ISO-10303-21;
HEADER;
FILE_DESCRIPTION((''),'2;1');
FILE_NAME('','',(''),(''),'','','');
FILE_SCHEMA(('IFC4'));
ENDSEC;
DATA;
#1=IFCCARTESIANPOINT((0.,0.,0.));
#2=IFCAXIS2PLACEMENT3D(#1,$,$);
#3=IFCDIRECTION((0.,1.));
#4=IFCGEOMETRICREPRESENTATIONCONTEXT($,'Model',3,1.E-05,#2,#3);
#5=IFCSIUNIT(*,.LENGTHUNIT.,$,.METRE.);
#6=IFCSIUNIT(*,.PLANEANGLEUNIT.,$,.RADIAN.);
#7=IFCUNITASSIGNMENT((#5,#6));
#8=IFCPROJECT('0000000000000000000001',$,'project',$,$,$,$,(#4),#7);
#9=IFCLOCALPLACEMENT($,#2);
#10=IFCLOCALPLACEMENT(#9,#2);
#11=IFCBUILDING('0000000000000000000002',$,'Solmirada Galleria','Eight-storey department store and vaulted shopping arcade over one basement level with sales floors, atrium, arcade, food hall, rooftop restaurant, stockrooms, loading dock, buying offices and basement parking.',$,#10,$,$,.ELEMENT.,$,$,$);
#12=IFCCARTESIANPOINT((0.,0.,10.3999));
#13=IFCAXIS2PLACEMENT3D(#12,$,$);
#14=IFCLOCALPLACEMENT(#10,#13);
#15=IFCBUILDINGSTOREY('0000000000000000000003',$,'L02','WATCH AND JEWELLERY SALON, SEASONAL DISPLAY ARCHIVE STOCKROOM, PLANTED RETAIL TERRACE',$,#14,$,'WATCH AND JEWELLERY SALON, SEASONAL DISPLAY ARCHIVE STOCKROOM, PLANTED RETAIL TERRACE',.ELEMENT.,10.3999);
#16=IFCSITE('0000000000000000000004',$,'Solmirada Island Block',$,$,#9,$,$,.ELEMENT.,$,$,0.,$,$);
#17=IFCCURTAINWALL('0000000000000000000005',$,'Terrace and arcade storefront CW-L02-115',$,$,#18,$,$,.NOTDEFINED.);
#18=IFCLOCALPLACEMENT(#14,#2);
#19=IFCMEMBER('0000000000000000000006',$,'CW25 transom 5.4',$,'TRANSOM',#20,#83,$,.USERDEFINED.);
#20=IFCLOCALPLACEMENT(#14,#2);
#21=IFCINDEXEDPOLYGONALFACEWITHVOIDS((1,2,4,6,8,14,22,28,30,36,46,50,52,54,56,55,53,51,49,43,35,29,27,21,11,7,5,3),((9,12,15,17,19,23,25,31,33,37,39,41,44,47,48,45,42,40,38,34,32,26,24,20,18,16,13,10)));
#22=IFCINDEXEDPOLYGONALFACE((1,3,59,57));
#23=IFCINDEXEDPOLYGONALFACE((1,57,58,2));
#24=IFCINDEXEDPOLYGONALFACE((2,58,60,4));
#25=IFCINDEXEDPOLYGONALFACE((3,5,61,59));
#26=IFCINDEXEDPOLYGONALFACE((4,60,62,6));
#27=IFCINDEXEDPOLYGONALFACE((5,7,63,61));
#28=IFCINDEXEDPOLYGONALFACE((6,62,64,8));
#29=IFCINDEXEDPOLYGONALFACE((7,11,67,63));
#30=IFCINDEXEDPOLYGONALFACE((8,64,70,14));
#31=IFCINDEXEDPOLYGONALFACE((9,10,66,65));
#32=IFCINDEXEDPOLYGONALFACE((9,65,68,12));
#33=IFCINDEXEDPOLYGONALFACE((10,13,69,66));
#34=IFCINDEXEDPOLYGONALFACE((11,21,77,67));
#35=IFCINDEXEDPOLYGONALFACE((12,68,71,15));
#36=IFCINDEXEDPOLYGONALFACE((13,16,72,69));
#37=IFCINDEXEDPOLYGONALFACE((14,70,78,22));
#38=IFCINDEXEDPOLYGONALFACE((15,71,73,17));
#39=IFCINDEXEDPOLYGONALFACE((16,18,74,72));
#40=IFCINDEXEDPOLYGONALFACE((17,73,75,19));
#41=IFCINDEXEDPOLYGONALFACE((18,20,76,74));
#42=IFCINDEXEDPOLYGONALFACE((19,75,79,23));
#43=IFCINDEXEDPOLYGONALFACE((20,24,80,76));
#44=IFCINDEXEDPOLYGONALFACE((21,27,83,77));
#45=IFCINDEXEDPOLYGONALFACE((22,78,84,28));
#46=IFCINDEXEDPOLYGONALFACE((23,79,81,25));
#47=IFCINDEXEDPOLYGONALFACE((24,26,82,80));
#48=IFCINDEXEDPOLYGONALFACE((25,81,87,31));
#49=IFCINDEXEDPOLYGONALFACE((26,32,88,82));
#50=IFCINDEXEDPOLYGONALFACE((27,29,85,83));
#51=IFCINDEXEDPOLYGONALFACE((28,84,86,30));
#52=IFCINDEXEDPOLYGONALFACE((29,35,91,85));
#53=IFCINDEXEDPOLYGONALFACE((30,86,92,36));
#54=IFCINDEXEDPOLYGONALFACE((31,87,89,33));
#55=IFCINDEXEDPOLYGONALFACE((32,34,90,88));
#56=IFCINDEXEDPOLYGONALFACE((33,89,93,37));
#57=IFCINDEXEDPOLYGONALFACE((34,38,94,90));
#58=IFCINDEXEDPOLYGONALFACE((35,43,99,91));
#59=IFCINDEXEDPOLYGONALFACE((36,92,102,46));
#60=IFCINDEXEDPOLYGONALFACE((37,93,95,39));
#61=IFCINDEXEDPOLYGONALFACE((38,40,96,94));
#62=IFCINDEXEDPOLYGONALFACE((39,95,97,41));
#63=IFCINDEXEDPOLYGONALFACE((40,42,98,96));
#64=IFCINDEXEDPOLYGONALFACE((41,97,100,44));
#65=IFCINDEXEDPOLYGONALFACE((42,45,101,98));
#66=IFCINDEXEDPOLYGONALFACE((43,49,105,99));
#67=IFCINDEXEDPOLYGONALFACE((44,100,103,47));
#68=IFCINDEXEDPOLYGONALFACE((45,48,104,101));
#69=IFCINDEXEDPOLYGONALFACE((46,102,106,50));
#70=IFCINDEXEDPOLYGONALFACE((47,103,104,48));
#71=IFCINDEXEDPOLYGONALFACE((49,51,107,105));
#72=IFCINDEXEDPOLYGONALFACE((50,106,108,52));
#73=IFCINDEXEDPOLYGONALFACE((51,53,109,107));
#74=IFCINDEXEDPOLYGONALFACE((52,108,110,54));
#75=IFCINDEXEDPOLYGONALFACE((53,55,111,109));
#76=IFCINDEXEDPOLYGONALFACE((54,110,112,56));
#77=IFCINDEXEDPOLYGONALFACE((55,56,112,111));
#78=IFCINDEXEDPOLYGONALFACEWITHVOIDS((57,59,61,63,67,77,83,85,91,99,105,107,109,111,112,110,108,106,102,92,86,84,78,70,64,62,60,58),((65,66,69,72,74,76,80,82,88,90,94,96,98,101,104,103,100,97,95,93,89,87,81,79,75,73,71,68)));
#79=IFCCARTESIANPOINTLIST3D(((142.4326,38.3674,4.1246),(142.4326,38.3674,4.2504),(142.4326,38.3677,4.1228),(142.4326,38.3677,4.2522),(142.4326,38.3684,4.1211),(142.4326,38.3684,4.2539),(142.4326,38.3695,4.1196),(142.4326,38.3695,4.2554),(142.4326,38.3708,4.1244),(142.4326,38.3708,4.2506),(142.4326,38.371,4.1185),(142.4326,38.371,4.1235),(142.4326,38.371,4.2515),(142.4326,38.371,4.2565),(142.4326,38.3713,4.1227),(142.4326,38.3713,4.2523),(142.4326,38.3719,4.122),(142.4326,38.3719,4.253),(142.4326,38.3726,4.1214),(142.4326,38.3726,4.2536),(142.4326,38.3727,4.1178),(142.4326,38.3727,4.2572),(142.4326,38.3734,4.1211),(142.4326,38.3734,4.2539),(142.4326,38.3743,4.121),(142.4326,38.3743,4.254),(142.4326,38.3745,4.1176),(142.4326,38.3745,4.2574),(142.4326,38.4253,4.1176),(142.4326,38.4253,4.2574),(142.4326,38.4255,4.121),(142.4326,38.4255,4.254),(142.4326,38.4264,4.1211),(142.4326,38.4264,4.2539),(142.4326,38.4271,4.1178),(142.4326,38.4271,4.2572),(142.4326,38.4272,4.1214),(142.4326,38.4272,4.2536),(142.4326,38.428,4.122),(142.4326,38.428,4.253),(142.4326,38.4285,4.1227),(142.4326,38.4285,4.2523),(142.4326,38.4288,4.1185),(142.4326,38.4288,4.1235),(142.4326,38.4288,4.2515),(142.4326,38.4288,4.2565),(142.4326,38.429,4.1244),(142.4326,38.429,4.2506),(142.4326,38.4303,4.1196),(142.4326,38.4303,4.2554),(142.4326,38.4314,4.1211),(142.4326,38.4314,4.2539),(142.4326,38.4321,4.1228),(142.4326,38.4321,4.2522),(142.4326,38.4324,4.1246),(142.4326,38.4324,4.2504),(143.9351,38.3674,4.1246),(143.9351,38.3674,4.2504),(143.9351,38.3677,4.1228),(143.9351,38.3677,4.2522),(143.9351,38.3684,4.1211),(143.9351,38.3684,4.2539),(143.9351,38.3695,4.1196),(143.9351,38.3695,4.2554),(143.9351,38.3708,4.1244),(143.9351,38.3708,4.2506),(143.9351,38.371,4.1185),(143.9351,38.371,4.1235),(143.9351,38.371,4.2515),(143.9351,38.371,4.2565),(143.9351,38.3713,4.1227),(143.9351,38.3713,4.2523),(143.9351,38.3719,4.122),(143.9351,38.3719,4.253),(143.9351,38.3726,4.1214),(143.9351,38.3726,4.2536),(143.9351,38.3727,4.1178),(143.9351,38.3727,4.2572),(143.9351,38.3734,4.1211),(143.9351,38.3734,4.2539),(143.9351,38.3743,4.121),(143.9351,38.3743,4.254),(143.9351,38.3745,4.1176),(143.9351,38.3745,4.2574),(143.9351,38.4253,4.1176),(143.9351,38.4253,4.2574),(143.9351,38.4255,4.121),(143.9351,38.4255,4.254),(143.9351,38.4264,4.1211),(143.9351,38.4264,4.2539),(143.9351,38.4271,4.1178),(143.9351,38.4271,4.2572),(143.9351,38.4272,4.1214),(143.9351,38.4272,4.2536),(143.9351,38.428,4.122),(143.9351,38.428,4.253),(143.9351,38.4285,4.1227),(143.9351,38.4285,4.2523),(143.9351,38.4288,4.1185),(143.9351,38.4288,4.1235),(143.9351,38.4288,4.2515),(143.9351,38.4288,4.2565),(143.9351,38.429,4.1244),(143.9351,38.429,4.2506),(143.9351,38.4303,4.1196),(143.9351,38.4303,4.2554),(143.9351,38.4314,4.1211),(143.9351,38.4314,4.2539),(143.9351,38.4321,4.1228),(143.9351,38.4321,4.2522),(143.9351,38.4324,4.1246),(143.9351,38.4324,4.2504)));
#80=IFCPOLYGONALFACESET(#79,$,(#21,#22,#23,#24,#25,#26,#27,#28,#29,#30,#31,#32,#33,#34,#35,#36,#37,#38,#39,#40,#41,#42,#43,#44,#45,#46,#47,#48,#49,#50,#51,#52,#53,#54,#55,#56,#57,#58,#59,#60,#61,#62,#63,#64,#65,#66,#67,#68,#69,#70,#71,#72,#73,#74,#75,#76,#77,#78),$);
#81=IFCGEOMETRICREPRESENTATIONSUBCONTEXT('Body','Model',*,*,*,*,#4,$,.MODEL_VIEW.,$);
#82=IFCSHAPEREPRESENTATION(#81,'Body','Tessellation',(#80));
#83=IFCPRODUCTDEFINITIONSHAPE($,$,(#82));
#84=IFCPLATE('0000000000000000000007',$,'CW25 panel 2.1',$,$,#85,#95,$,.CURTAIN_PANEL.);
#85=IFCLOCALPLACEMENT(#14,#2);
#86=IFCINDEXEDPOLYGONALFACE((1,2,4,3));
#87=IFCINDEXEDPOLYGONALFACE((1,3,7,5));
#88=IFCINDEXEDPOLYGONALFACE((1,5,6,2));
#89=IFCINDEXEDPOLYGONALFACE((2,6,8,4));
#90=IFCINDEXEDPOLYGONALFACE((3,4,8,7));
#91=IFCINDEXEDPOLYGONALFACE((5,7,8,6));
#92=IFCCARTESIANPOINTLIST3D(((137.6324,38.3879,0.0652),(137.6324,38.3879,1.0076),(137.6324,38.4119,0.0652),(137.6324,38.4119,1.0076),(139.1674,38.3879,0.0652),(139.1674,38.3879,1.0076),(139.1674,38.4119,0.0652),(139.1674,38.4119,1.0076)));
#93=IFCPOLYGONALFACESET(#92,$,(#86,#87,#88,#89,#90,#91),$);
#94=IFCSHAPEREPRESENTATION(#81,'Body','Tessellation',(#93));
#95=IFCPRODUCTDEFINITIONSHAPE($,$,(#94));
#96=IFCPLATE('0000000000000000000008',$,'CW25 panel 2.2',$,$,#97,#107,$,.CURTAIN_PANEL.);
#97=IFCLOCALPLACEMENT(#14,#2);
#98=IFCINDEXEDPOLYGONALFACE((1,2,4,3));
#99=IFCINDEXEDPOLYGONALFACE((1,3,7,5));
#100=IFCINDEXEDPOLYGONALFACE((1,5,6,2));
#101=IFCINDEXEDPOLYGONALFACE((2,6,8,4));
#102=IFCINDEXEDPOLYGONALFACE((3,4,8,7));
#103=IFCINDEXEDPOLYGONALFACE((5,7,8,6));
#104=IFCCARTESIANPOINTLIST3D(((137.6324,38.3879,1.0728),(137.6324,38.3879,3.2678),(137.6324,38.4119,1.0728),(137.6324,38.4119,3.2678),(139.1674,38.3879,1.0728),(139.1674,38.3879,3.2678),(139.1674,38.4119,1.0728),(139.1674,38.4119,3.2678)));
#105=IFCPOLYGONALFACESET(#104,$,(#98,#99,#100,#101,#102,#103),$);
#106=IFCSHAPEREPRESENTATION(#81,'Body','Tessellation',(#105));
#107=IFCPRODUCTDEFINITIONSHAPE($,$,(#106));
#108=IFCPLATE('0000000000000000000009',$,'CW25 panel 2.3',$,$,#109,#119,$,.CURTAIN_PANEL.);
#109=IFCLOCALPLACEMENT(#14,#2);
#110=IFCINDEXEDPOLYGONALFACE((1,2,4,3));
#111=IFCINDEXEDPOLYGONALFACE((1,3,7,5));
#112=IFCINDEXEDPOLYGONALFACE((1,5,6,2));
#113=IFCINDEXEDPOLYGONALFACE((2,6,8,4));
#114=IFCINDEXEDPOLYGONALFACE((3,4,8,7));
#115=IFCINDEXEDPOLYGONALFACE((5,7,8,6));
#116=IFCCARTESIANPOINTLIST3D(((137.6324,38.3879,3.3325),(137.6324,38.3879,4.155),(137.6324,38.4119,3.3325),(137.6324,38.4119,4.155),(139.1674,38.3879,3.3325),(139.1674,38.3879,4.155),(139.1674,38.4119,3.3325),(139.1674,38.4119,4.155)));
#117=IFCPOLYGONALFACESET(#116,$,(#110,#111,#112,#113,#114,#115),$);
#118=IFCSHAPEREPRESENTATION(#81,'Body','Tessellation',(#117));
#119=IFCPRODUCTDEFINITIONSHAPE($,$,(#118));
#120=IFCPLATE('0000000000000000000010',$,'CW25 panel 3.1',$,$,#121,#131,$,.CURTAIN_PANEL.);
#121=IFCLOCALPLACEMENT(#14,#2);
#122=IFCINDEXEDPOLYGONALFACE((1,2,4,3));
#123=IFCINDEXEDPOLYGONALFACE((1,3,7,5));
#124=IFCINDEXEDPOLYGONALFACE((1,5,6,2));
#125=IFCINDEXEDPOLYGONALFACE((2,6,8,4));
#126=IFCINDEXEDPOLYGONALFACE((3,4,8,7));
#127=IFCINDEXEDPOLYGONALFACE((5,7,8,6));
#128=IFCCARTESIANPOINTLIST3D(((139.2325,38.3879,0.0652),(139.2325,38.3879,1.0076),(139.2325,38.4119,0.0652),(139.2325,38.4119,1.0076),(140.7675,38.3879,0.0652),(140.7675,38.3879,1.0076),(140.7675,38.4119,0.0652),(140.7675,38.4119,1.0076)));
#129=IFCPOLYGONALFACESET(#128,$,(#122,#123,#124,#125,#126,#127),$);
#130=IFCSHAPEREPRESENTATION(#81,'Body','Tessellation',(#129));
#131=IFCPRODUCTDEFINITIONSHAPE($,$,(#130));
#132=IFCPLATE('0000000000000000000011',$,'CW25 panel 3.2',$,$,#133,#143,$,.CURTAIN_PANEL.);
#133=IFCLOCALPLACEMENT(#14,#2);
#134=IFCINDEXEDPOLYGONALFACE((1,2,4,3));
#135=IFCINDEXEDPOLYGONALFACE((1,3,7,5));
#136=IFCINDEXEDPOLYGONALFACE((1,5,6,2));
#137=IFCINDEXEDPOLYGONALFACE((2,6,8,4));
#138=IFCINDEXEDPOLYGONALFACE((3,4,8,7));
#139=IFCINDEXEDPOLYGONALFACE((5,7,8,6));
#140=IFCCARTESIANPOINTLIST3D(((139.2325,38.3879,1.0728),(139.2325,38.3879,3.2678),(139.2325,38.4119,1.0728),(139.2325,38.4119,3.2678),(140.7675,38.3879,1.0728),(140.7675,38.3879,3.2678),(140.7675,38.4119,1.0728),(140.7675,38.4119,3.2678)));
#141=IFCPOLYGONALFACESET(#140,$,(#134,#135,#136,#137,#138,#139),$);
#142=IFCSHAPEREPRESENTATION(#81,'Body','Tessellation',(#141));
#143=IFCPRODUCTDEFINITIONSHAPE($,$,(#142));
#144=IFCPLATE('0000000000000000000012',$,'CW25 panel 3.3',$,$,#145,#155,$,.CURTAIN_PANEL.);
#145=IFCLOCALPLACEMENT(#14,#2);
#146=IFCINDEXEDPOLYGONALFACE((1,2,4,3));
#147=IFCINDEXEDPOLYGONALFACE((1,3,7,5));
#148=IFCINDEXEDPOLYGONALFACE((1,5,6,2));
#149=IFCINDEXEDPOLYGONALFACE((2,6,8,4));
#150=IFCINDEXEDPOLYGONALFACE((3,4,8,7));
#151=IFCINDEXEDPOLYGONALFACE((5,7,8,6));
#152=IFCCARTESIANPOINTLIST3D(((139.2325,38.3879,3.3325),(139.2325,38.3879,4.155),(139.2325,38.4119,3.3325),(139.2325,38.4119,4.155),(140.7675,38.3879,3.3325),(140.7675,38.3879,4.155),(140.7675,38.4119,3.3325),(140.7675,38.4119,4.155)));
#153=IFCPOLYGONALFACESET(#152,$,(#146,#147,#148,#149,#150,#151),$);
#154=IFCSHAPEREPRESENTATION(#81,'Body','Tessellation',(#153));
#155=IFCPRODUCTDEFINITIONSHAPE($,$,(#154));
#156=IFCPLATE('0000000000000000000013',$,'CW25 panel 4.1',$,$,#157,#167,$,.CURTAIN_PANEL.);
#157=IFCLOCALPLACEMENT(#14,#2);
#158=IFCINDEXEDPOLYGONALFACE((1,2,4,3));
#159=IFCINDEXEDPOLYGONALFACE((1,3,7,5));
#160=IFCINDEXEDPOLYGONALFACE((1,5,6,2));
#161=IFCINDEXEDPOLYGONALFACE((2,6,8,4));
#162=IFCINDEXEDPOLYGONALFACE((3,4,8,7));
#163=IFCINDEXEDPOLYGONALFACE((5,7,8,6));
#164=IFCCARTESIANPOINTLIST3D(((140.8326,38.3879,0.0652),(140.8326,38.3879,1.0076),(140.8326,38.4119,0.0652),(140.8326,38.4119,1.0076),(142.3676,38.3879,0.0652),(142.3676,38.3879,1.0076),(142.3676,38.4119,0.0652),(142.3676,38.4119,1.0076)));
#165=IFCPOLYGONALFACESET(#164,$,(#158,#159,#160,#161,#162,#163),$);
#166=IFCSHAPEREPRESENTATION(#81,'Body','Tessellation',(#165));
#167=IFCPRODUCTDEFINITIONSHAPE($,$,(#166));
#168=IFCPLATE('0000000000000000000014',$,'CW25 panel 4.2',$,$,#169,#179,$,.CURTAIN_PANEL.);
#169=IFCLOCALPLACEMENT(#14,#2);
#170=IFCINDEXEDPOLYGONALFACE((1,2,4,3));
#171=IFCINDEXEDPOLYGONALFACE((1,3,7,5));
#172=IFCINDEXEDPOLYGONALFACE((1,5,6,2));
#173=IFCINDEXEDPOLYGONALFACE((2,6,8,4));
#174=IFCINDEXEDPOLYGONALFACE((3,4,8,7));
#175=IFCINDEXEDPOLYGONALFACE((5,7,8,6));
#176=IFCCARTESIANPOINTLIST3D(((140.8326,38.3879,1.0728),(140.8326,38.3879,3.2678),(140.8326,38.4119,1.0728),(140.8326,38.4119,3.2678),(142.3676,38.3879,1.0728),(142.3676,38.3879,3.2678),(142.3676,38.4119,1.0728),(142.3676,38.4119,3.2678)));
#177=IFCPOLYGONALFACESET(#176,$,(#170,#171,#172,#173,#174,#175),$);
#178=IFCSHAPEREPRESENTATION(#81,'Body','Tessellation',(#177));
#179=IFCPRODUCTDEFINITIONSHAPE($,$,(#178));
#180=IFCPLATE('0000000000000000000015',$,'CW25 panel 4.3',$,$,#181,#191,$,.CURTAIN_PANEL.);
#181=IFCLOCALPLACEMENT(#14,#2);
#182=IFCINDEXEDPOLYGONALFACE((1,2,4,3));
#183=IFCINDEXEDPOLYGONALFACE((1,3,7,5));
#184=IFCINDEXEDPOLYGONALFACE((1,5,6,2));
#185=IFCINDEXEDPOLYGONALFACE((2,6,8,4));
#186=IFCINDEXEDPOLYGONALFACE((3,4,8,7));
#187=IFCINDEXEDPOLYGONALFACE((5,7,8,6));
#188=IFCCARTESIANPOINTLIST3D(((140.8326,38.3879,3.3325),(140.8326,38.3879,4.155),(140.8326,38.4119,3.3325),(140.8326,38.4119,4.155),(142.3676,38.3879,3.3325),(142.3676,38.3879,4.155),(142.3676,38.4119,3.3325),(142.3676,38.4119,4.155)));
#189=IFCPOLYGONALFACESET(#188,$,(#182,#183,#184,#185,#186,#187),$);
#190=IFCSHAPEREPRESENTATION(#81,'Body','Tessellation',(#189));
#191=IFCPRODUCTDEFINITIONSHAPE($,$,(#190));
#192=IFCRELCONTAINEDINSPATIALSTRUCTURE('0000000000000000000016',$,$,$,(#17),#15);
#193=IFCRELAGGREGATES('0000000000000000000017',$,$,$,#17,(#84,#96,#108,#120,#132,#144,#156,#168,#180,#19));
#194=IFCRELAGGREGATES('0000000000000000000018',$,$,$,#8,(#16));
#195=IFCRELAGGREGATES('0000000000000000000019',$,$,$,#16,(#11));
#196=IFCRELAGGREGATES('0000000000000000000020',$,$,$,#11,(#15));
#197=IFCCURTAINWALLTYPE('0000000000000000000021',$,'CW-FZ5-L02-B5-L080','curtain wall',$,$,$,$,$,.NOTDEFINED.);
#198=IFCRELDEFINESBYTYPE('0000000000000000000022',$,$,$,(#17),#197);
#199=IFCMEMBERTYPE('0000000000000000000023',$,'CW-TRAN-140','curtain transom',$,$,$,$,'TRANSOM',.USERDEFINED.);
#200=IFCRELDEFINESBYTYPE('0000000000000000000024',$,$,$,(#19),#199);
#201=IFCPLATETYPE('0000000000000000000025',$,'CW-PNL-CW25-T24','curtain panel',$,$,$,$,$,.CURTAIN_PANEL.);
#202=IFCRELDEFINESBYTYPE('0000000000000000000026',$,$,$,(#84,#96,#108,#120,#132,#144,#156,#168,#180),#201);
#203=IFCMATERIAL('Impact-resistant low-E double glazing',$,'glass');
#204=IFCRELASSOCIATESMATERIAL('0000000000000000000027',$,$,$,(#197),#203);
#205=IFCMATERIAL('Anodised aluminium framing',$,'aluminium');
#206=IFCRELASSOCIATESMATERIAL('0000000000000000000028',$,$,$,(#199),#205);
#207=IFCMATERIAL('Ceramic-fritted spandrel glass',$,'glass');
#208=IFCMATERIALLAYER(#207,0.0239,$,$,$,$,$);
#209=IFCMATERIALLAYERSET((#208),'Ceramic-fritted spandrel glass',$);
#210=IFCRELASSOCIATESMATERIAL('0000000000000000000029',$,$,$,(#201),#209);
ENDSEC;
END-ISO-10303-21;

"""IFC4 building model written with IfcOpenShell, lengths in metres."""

from ifc_helpers import new_model, si_unit, direction, frame, origin, origin_2d, place, context, subcontext, project, spatial, rectangle, hollow_rectangle, extrude, material, layer, layer_set, material_profile, profile_set, type_object, element, aggregate, save


model = new_model("IFC4")

# Units and contexts
model_context = context("Model", 3, precision=1e-05, world=origin(), true_north=direction((0.0, 1.0)))
body_context = subcontext(model_context, "Body", "Model", "MODEL_VIEW")
ifc_project = project(units=[si_unit("LENGTHUNIT", "METRE"), si_unit("PLANEANGLEUNIT", "RADIAN")], contexts=[model_context])

# Site, building, storey
site_placement = place(None, origin())
site = spatial("IfcSite", under=ifc_project, at=site_placement, Name="Solmirada Island Block", CompositionType="ELEMENT", RefElevation=0.0)
building_placement = place(site_placement, origin())
building = spatial("IfcBuilding", under=site, at=building_placement, Name="Solmirada Galleria", Description="Eight-storey department store and vaulted shopping arcade over one basement level with sales floors, atrium, arcade, food hall, rooftop restaurant, stockrooms, loading dock, buying offices and basement parking.", CompositionType="ELEMENT")
storey_placement = place(building_placement, frame((0.0, 0.0, 10.3999)))
storey = spatial("IfcBuildingStorey", under=building, at=storey_placement, Name="L02", Description="WATCH AND JEWELLERY SALON, SEASONAL DISPLAY ARCHIVE STOCKROOM, PLANTED RETAIL TERRACE", LongName="WATCH AND JEWELLERY SALON, SEASONAL DISPLAY ARCHIVE STOCKROOM, PLANTED RETAIL TERRACE", CompositionType="ELEMENT", Elevation=10.3999)

# Curtain wall, member, plates
ifc_material_1 = material(Name="Impact-resistant low-E double glazing", Category="glass")
curtain_wall_type = type_object("IfcCurtainWallType", Name="CW-FZ5-L02-B5-L080", Description="curtain wall", PredefinedType="NOTDEFINED", material=ifc_material_1)
curtain_wall_placement = place(storey_placement, origin())
curtain_wall = element("IfcCurtainWall", 1, at=curtain_wall_placement, inside=storey, type_object=curtain_wall_type, Name="Terrace and arcade storefront CW-L02-115", PredefinedType="NOTDEFINED")
ifc_material_2 = material(Name="Anodised aluminium framing", Category="aluminium")
ifc_material_profile_1 = material_profile(ifc_material_2, hollow_rectangle(XDim=0.0649, YDim=0.1399, WallThickness=0.0034, InnerFilletRadius=0.0034, OuterFilletRadius=0.0071, at=origin_2d()), Name="ALU-TRAN-140X65")
ifc_profile_set_1 = profile_set([ifc_material_profile_1], Name="Anodised aluminium framing")
member_type_1 = type_object("IfcMemberType", Name="CW-TRAN-140", Description="curtain transom", ElementType="TRANSOM", PredefinedType="USERDEFINED", material=ifc_profile_set_1)
member_1_placement = place(storey_placement, frame((142.4326, 38.3999, 4.1875), z_axis=(1.0, 0.0, 0.0), x_axis=(0.0, 1.0, 0.0)))
member_1 = element("IfcMember", 2, at=member_1_placement, type_object=member_type_1, Name="CW25 transom 5.4", ObjectType="TRANSOM", PredefinedType="USERDEFINED", context=body_context, shape_type="SweptSolid", body=[
    extrude(hollow_rectangle(XDim=0.0649, YDim=0.1399, WallThickness=0.0034, InnerFilletRadius=0.0034, OuterFilletRadius=0.0071, at=origin_2d()), origin(), (0.0, 0.0, 1.0), 1.5024),
])
ifc_material_3 = material(Name="Ceramic-fritted spandrel glass", Category="glass")
ifc_layer_1 = layer(ifc_material_3, 0.0239)
ifc_layer_set_1 = layer_set([ifc_layer_1], Name="Ceramic-fritted spandrel glass")
plate_type = type_object("IfcPlateType", Name="CW-PNL-CW25-T24", Description="curtain panel", PredefinedType="CURTAIN_PANEL", material=ifc_layer_set_1)
plate_1_placement = place(storey_placement, frame((138.3999, 38.3999, 0.0652), z_axis=(0.0, 0.0, 1.0), x_axis=(1.0, 0.0, 0.0)))
plate_1 = element("IfcPlate", 3, at=plate_1_placement, type_object=plate_type, Name="CW25 panel 2.1", PredefinedType="CURTAIN_PANEL", context=body_context, shape_type="SweptSolid", body=[
    extrude(rectangle(XDim=1.5349, YDim=0.0239, at=origin_2d()), origin(), (0.0, 0.0, 1.0), 0.9424),
])
plate_2_placement = place(storey_placement, frame((138.3999, 38.3999, 1.0728), z_axis=(0.0, 0.0, 1.0), x_axis=(1.0, 0.0, 0.0)))
plate_2 = element("IfcPlate", 4, at=plate_2_placement, type_object=plate_type, Name="CW25 panel 2.2", PredefinedType="CURTAIN_PANEL", context=body_context, shape_type="SweptSolid", body=[
    extrude(rectangle(XDim=1.5349, YDim=0.0239, at=origin_2d()), origin(), (0.0, 0.0, 1.0), 2.1951),
])
plate_3_placement = place(storey_placement, frame((138.3999, 38.3999, 3.3325), z_axis=(0.0, 0.0, 1.0), x_axis=(1.0, 0.0, 0.0)))
plate_3 = element("IfcPlate", 5, at=plate_3_placement, type_object=plate_type, Name="CW25 panel 2.3", PredefinedType="CURTAIN_PANEL", context=body_context, shape_type="SweptSolid", body=[
    extrude(rectangle(XDim=1.5349, YDim=0.0239, at=origin_2d()), origin(), (0.0, 0.0, 1.0), 0.8225),
])
plate_4_placement = place(storey_placement, frame((140.0, 38.3999, 0.0652), z_axis=(0.0, 0.0, 1.0), x_axis=(1.0, 0.0, 0.0)))
plate_4 = element("IfcPlate", 6, at=plate_4_placement, type_object=plate_type, Name="CW25 panel 3.1", PredefinedType="CURTAIN_PANEL", context=body_context, shape_type="SweptSolid", body=[
    extrude(rectangle(XDim=1.5349, YDim=0.0239, at=origin_2d()), origin(), (0.0, 0.0, 1.0), 0.9424),
])
plate_5_placement = place(storey_placement, frame((140.0, 38.3999, 1.0728), z_axis=(0.0, 0.0, 1.0), x_axis=(1.0, 0.0, 0.0)))
plate_5 = element("IfcPlate", 7, at=plate_5_placement, type_object=plate_type, Name="CW25 panel 3.2", PredefinedType="CURTAIN_PANEL", context=body_context, shape_type="SweptSolid", body=[
    extrude(rectangle(XDim=1.5349, YDim=0.0239, at=origin_2d()), origin(), (0.0, 0.0, 1.0), 2.1951),
])
plate_6_placement = place(storey_placement, frame((140.0, 38.3999, 3.3325), z_axis=(0.0, 0.0, 1.0), x_axis=(1.0, 0.0, 0.0)))
plate_6 = element("IfcPlate", 8, at=plate_6_placement, type_object=plate_type, Name="CW25 panel 3.3", PredefinedType="CURTAIN_PANEL", context=body_context, shape_type="SweptSolid", body=[
    extrude(rectangle(XDim=1.5349, YDim=0.0239, at=origin_2d()), origin(), (0.0, 0.0, 1.0), 0.8225),
])
plate_7_placement = place(storey_placement, frame((141.6001, 38.3999, 0.0652), z_axis=(0.0, 0.0, 1.0), x_axis=(1.0, 0.0, 0.0)))
plate_7 = element("IfcPlate", 9, at=plate_7_placement, type_object=plate_type, Name="CW25 panel 4.1", PredefinedType="CURTAIN_PANEL", context=body_context, shape_type="SweptSolid", body=[
    extrude(rectangle(XDim=1.5349, YDim=0.0239, at=origin_2d()), origin(), (0.0, 0.0, 1.0), 0.9424),
])
plate_8_placement = place(storey_placement, frame((141.6001, 38.3999, 1.0728), z_axis=(0.0, 0.0, 1.0), x_axis=(1.0, 0.0, 0.0)))
plate_8 = element("IfcPlate", 10, at=plate_8_placement, type_object=plate_type, Name="CW25 panel 4.2", PredefinedType="CURTAIN_PANEL", context=body_context, shape_type="SweptSolid", body=[
    extrude(rectangle(XDim=1.5349, YDim=0.0239, at=origin_2d()), origin(), (0.0, 0.0, 1.0), 2.1951),
])
plate_9_placement = place(storey_placement, frame((141.6001, 38.3999, 3.3325), z_axis=(0.0, 0.0, 1.0), x_axis=(1.0, 0.0, 0.0)))
plate_9 = element("IfcPlate", 11, at=plate_9_placement, type_object=plate_type, Name="CW25 panel 4.3", PredefinedType="CURTAIN_PANEL", context=body_context, shape_type="SweptSolid", body=[
    extrude(rectangle(XDim=1.5349, YDim=0.0239, at=origin_2d()), origin(), (0.0, 0.0, 1.0), 0.8225),
])
aggregate(curtain_wall, [plate_1, plate_2, plate_3, plate_4, plate_5, plate_6, plate_7, plate_8, plate_9, member_1])

save(model, "model.ifc")
